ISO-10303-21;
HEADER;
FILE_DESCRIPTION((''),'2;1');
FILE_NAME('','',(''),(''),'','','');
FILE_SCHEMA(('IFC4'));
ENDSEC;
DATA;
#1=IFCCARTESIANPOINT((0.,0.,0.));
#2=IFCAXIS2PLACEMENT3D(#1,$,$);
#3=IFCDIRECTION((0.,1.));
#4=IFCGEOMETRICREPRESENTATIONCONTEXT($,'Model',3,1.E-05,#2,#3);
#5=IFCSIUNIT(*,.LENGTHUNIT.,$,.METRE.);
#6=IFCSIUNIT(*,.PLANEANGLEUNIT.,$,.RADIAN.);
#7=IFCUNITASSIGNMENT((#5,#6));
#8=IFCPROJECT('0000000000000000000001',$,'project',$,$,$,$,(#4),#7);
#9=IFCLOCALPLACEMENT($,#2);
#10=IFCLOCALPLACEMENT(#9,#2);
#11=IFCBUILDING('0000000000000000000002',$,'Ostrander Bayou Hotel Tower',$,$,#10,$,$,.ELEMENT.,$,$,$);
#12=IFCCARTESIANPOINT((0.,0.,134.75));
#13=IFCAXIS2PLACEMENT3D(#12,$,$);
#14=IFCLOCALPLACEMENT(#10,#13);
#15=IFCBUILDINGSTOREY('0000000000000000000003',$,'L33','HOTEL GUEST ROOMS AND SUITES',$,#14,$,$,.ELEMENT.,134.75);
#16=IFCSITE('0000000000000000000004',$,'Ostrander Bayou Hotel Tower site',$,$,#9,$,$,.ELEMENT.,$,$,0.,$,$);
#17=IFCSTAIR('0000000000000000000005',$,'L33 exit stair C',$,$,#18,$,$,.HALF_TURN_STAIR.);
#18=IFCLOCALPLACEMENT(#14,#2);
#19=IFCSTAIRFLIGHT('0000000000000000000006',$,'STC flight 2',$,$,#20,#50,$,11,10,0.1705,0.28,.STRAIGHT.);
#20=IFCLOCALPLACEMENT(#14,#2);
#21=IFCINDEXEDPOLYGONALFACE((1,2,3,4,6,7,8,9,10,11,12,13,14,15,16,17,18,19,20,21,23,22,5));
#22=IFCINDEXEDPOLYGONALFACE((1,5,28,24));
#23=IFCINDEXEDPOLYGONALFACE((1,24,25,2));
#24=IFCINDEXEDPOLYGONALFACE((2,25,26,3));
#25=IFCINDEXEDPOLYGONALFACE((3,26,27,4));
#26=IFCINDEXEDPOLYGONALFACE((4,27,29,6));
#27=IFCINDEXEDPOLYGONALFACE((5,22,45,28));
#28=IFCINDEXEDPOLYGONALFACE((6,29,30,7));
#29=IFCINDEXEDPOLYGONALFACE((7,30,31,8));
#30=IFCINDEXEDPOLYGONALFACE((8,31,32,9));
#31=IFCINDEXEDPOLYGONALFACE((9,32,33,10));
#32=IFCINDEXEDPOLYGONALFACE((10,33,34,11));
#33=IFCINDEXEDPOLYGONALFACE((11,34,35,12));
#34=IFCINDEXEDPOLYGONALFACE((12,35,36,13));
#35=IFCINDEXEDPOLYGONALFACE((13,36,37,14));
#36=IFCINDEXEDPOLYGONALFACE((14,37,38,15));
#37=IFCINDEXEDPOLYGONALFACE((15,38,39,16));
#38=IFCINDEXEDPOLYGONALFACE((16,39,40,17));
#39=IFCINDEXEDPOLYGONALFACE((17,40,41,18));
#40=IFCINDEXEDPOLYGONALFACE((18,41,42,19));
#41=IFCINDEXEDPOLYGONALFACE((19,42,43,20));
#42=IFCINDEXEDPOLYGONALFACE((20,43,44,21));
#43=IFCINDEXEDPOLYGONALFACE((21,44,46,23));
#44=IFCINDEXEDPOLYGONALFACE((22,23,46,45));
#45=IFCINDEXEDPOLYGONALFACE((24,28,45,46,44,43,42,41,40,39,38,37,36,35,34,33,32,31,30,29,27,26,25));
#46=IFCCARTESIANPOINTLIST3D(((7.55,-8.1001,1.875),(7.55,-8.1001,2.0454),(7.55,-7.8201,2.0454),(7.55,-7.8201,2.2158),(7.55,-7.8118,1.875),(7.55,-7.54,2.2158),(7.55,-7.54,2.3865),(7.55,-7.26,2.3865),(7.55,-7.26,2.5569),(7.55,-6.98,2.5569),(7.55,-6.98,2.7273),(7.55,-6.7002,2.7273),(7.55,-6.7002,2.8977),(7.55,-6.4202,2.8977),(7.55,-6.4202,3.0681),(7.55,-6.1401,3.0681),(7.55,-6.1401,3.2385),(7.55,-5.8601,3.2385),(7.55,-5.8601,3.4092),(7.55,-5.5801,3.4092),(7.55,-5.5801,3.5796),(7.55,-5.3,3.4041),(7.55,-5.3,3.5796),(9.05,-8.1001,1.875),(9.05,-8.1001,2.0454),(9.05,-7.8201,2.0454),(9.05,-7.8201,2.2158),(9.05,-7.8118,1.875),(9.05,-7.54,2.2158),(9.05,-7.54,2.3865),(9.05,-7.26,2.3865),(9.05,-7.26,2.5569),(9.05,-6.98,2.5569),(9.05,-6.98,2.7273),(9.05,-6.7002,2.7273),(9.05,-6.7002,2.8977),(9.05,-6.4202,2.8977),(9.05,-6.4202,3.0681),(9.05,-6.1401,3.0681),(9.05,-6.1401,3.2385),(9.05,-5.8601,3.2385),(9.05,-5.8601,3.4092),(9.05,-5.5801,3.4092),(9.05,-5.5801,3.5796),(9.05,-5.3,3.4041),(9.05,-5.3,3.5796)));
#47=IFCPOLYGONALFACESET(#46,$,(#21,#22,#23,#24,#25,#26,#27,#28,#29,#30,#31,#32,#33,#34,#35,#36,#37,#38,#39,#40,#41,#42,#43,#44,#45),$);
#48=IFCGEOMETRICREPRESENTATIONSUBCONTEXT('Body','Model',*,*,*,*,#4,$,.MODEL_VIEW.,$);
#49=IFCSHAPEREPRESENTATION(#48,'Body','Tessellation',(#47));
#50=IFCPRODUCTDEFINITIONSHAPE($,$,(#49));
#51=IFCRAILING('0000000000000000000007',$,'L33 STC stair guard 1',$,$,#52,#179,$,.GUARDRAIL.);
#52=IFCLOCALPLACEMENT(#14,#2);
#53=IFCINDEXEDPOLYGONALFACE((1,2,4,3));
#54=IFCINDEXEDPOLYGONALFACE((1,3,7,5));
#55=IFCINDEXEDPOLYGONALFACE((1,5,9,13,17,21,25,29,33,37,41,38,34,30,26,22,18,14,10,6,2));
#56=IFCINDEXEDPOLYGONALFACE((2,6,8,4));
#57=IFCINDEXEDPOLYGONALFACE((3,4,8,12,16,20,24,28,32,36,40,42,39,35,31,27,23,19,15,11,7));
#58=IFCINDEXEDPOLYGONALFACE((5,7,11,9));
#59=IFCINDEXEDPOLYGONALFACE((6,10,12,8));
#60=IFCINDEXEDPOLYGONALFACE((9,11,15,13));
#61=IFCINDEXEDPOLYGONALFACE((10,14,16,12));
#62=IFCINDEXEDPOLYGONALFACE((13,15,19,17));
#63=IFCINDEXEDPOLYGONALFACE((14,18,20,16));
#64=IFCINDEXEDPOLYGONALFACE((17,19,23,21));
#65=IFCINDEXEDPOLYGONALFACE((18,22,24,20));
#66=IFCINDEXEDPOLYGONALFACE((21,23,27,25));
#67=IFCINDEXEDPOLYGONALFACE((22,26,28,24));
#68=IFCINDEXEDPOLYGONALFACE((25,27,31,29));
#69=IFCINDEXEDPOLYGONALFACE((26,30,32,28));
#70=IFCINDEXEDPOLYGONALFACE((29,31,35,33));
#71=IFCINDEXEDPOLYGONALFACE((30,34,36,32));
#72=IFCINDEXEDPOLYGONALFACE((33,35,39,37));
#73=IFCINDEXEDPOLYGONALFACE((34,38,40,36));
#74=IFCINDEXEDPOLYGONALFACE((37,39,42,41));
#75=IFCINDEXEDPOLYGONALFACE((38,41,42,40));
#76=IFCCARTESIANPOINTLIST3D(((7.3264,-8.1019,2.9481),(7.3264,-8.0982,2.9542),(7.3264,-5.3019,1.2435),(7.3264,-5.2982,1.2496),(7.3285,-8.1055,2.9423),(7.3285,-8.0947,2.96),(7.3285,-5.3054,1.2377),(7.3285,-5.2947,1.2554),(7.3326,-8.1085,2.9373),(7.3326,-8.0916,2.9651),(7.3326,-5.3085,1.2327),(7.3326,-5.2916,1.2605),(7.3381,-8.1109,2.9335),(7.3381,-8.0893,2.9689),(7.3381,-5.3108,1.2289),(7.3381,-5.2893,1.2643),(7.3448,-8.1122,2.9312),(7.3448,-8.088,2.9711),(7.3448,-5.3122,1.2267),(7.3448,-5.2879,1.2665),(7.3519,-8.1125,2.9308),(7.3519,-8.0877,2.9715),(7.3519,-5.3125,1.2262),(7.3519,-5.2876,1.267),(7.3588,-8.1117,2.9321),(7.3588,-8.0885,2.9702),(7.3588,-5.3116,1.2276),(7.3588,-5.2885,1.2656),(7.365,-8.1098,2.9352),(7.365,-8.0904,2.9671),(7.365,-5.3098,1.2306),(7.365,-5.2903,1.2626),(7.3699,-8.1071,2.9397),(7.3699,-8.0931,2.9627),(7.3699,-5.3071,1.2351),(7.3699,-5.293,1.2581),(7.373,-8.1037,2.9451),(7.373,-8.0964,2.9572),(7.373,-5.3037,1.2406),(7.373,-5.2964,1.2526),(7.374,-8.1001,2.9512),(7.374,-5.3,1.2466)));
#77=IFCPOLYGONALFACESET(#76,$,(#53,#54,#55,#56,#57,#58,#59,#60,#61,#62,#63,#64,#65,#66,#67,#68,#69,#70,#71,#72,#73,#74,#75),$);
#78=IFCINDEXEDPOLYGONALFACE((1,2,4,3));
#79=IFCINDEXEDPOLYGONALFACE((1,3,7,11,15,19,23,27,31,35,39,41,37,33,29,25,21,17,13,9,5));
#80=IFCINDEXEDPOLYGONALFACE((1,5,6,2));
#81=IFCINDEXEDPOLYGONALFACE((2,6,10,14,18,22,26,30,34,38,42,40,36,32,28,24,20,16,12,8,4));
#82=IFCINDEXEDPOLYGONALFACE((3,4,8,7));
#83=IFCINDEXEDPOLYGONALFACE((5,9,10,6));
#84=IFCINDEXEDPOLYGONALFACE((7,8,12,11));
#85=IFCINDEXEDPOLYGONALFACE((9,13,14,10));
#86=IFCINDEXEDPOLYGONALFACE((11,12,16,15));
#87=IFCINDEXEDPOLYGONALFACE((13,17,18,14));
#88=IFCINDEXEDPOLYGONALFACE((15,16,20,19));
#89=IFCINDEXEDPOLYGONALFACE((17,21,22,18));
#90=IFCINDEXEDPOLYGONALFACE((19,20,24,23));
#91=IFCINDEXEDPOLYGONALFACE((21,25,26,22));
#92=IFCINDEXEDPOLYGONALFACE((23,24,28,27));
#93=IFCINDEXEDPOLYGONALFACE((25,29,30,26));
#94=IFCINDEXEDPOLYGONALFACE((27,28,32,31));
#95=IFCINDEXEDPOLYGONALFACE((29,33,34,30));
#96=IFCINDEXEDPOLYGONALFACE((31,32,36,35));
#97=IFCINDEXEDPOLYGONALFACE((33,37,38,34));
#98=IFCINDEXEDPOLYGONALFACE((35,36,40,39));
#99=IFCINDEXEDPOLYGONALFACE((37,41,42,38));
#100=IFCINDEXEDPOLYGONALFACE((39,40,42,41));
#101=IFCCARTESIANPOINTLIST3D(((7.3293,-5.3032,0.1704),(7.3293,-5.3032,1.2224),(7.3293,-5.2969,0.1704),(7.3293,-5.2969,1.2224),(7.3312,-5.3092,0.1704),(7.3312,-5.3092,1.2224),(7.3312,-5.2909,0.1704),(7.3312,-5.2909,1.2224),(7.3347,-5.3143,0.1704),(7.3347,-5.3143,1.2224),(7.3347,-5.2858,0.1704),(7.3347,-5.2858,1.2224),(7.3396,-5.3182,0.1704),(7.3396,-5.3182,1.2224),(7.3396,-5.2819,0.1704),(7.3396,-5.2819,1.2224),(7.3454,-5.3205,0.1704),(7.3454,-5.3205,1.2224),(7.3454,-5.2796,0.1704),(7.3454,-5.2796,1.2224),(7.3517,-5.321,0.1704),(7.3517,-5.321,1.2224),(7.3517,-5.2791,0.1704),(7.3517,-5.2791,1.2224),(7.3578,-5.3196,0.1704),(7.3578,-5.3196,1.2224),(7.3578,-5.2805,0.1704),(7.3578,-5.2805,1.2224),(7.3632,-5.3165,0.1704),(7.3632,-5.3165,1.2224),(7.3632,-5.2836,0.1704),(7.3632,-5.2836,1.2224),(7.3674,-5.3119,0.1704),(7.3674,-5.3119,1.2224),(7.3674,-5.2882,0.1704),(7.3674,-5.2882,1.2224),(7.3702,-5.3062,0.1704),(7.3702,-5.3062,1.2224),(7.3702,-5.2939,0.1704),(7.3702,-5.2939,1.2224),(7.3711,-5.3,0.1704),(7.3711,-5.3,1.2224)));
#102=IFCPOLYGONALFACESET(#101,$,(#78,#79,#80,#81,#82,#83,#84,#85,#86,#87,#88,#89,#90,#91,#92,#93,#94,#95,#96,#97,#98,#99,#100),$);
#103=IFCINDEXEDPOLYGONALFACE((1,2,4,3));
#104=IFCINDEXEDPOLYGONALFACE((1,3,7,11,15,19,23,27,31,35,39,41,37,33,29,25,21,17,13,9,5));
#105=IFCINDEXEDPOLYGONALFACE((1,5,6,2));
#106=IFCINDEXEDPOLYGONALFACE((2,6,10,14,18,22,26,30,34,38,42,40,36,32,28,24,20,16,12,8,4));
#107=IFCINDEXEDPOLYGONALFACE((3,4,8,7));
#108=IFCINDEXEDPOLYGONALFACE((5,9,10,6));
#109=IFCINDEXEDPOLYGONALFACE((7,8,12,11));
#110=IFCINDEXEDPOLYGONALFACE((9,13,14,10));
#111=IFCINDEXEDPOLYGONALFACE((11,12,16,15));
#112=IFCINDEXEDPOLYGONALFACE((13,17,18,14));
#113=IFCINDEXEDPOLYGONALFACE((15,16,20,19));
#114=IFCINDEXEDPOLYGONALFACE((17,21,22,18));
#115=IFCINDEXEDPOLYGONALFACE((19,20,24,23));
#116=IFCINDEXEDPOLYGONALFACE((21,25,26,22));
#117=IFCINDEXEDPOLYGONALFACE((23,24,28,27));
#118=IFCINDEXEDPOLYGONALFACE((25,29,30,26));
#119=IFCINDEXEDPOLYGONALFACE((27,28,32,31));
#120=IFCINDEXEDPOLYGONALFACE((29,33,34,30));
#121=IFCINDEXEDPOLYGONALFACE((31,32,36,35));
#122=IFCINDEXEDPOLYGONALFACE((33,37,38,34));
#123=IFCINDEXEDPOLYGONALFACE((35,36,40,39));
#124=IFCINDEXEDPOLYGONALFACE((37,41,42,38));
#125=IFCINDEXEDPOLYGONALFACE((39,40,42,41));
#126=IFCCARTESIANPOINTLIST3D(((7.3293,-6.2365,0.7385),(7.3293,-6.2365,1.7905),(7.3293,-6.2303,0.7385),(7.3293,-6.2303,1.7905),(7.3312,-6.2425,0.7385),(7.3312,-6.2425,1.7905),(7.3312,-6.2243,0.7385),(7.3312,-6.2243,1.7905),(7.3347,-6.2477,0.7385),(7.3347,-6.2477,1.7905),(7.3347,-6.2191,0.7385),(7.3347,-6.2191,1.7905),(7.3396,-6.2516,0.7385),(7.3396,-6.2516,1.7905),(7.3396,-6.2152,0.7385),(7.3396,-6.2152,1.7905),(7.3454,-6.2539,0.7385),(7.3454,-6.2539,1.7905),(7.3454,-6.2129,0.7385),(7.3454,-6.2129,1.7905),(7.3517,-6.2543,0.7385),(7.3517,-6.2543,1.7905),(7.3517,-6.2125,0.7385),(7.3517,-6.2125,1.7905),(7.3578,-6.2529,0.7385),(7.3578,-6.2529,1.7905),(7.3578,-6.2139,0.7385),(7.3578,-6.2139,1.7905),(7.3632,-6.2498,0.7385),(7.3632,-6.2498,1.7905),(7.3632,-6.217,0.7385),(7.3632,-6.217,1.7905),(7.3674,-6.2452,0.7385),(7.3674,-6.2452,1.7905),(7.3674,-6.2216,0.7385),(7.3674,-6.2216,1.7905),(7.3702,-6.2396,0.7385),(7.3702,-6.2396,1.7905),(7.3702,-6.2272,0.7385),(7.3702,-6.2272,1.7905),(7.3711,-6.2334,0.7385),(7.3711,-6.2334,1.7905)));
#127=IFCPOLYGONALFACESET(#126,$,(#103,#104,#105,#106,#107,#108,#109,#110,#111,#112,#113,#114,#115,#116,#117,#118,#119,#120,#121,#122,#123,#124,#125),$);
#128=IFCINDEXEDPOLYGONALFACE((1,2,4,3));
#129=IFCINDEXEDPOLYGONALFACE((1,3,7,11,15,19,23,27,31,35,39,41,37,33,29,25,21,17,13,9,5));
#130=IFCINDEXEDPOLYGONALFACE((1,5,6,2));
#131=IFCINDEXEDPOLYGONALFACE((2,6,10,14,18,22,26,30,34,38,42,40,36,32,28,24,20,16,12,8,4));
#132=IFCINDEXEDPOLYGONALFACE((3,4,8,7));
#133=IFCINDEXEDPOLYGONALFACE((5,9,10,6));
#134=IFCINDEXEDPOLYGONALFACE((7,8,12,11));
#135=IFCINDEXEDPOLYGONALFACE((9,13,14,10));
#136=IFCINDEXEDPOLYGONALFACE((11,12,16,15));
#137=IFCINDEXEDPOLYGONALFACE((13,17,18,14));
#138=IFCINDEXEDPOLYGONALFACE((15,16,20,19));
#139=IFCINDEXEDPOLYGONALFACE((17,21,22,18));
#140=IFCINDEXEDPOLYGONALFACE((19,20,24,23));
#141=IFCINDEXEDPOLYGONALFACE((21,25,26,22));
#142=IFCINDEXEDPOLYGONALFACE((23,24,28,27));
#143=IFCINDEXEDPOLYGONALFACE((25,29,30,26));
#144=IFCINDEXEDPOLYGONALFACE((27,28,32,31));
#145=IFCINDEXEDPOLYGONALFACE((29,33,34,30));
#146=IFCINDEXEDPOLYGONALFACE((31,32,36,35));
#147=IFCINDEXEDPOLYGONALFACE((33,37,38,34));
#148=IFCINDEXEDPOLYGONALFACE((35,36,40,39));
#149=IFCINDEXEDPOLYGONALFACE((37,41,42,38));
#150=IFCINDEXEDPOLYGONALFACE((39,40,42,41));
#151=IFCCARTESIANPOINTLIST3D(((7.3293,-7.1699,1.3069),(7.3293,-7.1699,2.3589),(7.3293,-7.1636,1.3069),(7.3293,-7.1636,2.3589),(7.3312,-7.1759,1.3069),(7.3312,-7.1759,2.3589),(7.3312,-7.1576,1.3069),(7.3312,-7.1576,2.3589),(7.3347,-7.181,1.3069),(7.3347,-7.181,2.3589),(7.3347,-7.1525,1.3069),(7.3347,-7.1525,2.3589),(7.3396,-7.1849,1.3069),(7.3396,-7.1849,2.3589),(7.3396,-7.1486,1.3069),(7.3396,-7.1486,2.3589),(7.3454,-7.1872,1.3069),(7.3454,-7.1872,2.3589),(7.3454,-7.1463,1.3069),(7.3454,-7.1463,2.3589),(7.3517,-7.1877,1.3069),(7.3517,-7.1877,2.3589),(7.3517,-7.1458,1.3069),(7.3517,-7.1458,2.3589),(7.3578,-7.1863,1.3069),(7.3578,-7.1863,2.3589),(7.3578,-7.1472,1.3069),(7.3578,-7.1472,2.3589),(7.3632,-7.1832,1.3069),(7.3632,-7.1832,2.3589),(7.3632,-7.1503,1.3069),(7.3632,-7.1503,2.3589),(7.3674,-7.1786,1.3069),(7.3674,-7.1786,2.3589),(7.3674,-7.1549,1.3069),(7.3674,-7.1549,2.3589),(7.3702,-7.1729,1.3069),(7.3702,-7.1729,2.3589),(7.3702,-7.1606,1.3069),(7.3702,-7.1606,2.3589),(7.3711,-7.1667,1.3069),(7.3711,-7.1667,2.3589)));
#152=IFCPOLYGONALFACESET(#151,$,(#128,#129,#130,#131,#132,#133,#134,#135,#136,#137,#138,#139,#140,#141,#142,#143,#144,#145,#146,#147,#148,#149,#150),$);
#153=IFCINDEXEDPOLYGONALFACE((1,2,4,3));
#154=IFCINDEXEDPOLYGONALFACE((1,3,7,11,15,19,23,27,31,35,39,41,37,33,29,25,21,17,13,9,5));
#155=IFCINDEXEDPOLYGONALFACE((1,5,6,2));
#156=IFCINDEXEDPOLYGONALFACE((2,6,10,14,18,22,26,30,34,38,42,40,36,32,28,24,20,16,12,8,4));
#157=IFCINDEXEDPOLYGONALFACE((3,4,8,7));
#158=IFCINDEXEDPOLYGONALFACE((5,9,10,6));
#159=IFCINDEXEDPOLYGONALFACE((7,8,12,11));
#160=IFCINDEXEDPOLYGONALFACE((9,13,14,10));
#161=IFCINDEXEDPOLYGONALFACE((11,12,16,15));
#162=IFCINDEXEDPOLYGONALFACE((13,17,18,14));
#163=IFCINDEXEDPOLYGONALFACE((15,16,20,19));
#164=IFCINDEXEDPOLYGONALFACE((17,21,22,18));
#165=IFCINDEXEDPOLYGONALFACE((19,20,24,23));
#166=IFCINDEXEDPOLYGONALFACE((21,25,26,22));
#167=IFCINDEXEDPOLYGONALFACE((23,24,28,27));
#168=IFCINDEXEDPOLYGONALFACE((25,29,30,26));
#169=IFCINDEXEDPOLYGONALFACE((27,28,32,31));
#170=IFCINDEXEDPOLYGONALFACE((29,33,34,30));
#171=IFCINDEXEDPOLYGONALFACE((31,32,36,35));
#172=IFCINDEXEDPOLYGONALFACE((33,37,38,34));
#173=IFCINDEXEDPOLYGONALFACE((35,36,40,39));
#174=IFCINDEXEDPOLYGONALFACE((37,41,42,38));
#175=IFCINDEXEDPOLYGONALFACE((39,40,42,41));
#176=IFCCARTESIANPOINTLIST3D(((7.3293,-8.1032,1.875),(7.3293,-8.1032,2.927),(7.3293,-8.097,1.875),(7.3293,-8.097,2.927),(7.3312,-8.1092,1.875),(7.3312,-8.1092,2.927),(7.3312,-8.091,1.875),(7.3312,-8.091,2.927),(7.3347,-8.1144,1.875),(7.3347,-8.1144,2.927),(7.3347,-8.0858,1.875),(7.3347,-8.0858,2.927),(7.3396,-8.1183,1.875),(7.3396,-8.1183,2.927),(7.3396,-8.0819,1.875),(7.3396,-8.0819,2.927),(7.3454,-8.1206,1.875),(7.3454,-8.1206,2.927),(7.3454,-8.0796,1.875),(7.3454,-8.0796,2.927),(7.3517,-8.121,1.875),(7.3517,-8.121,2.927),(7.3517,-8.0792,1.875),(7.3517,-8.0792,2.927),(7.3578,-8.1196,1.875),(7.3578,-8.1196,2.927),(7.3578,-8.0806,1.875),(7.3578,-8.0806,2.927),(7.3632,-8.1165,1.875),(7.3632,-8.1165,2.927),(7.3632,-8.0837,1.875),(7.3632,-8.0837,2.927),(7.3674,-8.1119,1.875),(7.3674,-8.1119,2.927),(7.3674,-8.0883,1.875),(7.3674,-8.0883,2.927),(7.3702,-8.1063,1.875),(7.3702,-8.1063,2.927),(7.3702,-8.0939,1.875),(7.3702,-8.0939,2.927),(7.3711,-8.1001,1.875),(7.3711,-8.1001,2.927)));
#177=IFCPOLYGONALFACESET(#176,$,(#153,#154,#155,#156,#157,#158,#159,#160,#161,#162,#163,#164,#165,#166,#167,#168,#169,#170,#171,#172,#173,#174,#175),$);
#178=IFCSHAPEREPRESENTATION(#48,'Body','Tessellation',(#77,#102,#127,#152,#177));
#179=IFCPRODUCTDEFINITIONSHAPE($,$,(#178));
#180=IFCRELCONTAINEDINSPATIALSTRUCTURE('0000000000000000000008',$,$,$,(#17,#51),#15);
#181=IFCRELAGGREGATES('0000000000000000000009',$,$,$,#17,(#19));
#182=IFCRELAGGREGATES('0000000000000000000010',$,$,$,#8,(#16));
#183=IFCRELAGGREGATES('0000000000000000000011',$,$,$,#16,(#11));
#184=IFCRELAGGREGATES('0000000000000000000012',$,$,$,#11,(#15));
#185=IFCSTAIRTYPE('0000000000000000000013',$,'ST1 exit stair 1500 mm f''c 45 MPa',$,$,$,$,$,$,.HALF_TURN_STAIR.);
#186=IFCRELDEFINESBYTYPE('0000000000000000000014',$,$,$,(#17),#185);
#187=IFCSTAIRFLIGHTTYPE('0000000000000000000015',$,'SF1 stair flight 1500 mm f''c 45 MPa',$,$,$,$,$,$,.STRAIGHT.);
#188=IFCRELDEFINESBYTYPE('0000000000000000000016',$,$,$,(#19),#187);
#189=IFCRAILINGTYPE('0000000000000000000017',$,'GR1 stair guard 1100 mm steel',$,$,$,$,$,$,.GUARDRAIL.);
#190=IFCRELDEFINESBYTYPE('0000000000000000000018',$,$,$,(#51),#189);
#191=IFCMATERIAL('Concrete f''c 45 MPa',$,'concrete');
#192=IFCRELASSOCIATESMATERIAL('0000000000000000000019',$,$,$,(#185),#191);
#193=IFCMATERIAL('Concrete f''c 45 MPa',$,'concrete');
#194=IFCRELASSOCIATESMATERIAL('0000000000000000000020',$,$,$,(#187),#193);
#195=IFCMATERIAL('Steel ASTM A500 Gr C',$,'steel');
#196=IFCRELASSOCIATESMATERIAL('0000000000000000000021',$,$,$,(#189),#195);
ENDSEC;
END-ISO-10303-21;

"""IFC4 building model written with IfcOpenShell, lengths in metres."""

from ifc_helpers import new_model, si_unit, direction, frame, origin, origin_2d, place, context, subcontext, project, spatial, polyline, circle, outline, extrude, material, type_object, element, aggregate, save


model = new_model("IFC4")

# Units and contexts
model_context = context("Model", 3, precision=1e-05, world=origin(), true_north=direction((0.0, 1.0)))
body_context = subcontext(model_context, "Body", "Model", "MODEL_VIEW")
ifc_project = project(units=[si_unit("LENGTHUNIT", "METRE"), si_unit("PLANEANGLEUNIT", "RADIAN")], contexts=[model_context])

# Site, building, storey
site_placement = place(None, origin())
site = spatial("IfcSite", under=ifc_project, at=site_placement, Name="Ostrander Bayou Hotel Tower site", CompositionType="ELEMENT", RefElevation=0.0)
building_placement = place(site_placement, origin())
building = spatial("IfcBuilding", under=site, at=building_placement, Name="Ostrander Bayou Hotel Tower", CompositionType="ELEMENT")
storey_placement = place(building_placement, frame((0.0, 0.0, 134.75)))
storey = spatial("IfcBuildingStorey", under=building, at=storey_placement, Name="L33", Description="HOTEL GUEST ROOMS AND SUITES", CompositionType="ELEMENT", Elevation=134.75)

# Stair, stair flight
ifc_material_1 = material(Name="Concrete f'c 45 MPa", Category="concrete")
stair_type = type_object("IfcStairType", Name="ST1 exit stair 1500 mm f'c 45 MPa", PredefinedType="HALF_TURN_STAIR", material=ifc_material_1)
stair_placement = place(storey_placement, origin())
stair = element("IfcStair", 1, at=stair_placement, inside=storey, type_object=stair_type, Name="L33 exit stair C", PredefinedType="HALF_TURN_STAIR")
ifc_material_2 = material(Name="Concrete f'c 45 MPa", Category="concrete")
stair_flight_type = type_object("IfcStairFlightType", Name="SF1 stair flight 1500 mm f'c 45 MPa", PredefinedType="STRAIGHT", material=ifc_material_2)
stair_flight_1_placement = place(storey_placement, frame((8.3, -8.1001, 1.875), z_axis=(0.0, 0.0, 1.0), x_axis=(0.0, 1.0, 0.0)))
stair_flight_1 = element("IfcStairFlight", 2, at=stair_flight_1_placement, type_object=stair_flight_type, Name="STC flight 2", NumberOfRisers=11, NumberOfTreads=10, PredefinedType="STRAIGHT", RiserHeight=0.1705, TreadLength=0.28, context=body_context, shape_type="SweptSolid", body=[
    extrude(outline(polyline([(0.0, 0.0), (0.0, 0.1704), (0.28, 0.1704), (0.28, 0.3408), (0.5601, 0.3408), (0.5601, 0.5115), (0.8401, 0.5115), (0.8401, 0.6819), (1.1201, 0.6819), (1.1201, 0.8523), (1.3999, 0.8523), (1.3999, 1.0227), (1.6799, 1.0227), (1.6799, 1.1931), (1.96, 1.1931), (1.96, 1.3635), (2.24, 1.3635), (2.24, 1.5342), (2.52, 1.5342), (2.52, 1.7046), (2.8, 1.7046), (2.8, 1.875), (2.8, 1.5291), (0.2883, 0.0), (0.0, 0.0)])), frame((0.0, 0.75, 0.0), z_axis=(0.0, -1.0, 0.0), x_axis=(1.0, 0.0, 0.0)), (0.0, 0.0, 1.0), 1.5),
])
aggregate(stair, [stair_flight_1])

# Railing
ifc_material_3 = material(Name="Steel ASTM A500 Gr C", Category="steel")
railing_type_1 = type_object("IfcRailingType", Name="GR1 stair guard 1100 mm steel", PredefinedType="GUARDRAIL", material=ifc_material_3)
railing_1_placement = place(storey_placement, frame((7.3501, -5.3, 0.1704)))
element("IfcRailing", 3, at=railing_1_placement, inside=storey, type_object=railing_type_1, Name="L33 STC stair guard 1", PredefinedType="GUARDRAIL", context=body_context, shape_type="SweptSolid", body=[
    extrude(circle(Radius=0.0239, at=origin_2d()), frame((0.0, 0.0, 1.0762), z_axis=(0.0, -0.85417, 0.519994), x_axis=(1.0, 0.0, 0.0)), (0.0, 0.0, 1.0), 3.2781),
    extrude(circle(Radius=0.021, at=origin_2d()), origin(), (0.0, 0.0, 1.0), 1.052),
    extrude(circle(Radius=0.021, at=origin_2d()), frame((0.0, -0.9333, 0.5681)), (0.0, 0.0, 1.0), 1.052),
    extrude(circle(Radius=0.021, at=origin_2d()), frame((0.0, -1.8667, 1.1365)), (0.0, 0.0, 1.0), 1.052),
    extrude(circle(Radius=0.021, at=origin_2d()), frame((0.0, -2.8, 1.7046)), (0.0, 0.0, 1.0), 1.052),
])

save(model, "model.ifc")
